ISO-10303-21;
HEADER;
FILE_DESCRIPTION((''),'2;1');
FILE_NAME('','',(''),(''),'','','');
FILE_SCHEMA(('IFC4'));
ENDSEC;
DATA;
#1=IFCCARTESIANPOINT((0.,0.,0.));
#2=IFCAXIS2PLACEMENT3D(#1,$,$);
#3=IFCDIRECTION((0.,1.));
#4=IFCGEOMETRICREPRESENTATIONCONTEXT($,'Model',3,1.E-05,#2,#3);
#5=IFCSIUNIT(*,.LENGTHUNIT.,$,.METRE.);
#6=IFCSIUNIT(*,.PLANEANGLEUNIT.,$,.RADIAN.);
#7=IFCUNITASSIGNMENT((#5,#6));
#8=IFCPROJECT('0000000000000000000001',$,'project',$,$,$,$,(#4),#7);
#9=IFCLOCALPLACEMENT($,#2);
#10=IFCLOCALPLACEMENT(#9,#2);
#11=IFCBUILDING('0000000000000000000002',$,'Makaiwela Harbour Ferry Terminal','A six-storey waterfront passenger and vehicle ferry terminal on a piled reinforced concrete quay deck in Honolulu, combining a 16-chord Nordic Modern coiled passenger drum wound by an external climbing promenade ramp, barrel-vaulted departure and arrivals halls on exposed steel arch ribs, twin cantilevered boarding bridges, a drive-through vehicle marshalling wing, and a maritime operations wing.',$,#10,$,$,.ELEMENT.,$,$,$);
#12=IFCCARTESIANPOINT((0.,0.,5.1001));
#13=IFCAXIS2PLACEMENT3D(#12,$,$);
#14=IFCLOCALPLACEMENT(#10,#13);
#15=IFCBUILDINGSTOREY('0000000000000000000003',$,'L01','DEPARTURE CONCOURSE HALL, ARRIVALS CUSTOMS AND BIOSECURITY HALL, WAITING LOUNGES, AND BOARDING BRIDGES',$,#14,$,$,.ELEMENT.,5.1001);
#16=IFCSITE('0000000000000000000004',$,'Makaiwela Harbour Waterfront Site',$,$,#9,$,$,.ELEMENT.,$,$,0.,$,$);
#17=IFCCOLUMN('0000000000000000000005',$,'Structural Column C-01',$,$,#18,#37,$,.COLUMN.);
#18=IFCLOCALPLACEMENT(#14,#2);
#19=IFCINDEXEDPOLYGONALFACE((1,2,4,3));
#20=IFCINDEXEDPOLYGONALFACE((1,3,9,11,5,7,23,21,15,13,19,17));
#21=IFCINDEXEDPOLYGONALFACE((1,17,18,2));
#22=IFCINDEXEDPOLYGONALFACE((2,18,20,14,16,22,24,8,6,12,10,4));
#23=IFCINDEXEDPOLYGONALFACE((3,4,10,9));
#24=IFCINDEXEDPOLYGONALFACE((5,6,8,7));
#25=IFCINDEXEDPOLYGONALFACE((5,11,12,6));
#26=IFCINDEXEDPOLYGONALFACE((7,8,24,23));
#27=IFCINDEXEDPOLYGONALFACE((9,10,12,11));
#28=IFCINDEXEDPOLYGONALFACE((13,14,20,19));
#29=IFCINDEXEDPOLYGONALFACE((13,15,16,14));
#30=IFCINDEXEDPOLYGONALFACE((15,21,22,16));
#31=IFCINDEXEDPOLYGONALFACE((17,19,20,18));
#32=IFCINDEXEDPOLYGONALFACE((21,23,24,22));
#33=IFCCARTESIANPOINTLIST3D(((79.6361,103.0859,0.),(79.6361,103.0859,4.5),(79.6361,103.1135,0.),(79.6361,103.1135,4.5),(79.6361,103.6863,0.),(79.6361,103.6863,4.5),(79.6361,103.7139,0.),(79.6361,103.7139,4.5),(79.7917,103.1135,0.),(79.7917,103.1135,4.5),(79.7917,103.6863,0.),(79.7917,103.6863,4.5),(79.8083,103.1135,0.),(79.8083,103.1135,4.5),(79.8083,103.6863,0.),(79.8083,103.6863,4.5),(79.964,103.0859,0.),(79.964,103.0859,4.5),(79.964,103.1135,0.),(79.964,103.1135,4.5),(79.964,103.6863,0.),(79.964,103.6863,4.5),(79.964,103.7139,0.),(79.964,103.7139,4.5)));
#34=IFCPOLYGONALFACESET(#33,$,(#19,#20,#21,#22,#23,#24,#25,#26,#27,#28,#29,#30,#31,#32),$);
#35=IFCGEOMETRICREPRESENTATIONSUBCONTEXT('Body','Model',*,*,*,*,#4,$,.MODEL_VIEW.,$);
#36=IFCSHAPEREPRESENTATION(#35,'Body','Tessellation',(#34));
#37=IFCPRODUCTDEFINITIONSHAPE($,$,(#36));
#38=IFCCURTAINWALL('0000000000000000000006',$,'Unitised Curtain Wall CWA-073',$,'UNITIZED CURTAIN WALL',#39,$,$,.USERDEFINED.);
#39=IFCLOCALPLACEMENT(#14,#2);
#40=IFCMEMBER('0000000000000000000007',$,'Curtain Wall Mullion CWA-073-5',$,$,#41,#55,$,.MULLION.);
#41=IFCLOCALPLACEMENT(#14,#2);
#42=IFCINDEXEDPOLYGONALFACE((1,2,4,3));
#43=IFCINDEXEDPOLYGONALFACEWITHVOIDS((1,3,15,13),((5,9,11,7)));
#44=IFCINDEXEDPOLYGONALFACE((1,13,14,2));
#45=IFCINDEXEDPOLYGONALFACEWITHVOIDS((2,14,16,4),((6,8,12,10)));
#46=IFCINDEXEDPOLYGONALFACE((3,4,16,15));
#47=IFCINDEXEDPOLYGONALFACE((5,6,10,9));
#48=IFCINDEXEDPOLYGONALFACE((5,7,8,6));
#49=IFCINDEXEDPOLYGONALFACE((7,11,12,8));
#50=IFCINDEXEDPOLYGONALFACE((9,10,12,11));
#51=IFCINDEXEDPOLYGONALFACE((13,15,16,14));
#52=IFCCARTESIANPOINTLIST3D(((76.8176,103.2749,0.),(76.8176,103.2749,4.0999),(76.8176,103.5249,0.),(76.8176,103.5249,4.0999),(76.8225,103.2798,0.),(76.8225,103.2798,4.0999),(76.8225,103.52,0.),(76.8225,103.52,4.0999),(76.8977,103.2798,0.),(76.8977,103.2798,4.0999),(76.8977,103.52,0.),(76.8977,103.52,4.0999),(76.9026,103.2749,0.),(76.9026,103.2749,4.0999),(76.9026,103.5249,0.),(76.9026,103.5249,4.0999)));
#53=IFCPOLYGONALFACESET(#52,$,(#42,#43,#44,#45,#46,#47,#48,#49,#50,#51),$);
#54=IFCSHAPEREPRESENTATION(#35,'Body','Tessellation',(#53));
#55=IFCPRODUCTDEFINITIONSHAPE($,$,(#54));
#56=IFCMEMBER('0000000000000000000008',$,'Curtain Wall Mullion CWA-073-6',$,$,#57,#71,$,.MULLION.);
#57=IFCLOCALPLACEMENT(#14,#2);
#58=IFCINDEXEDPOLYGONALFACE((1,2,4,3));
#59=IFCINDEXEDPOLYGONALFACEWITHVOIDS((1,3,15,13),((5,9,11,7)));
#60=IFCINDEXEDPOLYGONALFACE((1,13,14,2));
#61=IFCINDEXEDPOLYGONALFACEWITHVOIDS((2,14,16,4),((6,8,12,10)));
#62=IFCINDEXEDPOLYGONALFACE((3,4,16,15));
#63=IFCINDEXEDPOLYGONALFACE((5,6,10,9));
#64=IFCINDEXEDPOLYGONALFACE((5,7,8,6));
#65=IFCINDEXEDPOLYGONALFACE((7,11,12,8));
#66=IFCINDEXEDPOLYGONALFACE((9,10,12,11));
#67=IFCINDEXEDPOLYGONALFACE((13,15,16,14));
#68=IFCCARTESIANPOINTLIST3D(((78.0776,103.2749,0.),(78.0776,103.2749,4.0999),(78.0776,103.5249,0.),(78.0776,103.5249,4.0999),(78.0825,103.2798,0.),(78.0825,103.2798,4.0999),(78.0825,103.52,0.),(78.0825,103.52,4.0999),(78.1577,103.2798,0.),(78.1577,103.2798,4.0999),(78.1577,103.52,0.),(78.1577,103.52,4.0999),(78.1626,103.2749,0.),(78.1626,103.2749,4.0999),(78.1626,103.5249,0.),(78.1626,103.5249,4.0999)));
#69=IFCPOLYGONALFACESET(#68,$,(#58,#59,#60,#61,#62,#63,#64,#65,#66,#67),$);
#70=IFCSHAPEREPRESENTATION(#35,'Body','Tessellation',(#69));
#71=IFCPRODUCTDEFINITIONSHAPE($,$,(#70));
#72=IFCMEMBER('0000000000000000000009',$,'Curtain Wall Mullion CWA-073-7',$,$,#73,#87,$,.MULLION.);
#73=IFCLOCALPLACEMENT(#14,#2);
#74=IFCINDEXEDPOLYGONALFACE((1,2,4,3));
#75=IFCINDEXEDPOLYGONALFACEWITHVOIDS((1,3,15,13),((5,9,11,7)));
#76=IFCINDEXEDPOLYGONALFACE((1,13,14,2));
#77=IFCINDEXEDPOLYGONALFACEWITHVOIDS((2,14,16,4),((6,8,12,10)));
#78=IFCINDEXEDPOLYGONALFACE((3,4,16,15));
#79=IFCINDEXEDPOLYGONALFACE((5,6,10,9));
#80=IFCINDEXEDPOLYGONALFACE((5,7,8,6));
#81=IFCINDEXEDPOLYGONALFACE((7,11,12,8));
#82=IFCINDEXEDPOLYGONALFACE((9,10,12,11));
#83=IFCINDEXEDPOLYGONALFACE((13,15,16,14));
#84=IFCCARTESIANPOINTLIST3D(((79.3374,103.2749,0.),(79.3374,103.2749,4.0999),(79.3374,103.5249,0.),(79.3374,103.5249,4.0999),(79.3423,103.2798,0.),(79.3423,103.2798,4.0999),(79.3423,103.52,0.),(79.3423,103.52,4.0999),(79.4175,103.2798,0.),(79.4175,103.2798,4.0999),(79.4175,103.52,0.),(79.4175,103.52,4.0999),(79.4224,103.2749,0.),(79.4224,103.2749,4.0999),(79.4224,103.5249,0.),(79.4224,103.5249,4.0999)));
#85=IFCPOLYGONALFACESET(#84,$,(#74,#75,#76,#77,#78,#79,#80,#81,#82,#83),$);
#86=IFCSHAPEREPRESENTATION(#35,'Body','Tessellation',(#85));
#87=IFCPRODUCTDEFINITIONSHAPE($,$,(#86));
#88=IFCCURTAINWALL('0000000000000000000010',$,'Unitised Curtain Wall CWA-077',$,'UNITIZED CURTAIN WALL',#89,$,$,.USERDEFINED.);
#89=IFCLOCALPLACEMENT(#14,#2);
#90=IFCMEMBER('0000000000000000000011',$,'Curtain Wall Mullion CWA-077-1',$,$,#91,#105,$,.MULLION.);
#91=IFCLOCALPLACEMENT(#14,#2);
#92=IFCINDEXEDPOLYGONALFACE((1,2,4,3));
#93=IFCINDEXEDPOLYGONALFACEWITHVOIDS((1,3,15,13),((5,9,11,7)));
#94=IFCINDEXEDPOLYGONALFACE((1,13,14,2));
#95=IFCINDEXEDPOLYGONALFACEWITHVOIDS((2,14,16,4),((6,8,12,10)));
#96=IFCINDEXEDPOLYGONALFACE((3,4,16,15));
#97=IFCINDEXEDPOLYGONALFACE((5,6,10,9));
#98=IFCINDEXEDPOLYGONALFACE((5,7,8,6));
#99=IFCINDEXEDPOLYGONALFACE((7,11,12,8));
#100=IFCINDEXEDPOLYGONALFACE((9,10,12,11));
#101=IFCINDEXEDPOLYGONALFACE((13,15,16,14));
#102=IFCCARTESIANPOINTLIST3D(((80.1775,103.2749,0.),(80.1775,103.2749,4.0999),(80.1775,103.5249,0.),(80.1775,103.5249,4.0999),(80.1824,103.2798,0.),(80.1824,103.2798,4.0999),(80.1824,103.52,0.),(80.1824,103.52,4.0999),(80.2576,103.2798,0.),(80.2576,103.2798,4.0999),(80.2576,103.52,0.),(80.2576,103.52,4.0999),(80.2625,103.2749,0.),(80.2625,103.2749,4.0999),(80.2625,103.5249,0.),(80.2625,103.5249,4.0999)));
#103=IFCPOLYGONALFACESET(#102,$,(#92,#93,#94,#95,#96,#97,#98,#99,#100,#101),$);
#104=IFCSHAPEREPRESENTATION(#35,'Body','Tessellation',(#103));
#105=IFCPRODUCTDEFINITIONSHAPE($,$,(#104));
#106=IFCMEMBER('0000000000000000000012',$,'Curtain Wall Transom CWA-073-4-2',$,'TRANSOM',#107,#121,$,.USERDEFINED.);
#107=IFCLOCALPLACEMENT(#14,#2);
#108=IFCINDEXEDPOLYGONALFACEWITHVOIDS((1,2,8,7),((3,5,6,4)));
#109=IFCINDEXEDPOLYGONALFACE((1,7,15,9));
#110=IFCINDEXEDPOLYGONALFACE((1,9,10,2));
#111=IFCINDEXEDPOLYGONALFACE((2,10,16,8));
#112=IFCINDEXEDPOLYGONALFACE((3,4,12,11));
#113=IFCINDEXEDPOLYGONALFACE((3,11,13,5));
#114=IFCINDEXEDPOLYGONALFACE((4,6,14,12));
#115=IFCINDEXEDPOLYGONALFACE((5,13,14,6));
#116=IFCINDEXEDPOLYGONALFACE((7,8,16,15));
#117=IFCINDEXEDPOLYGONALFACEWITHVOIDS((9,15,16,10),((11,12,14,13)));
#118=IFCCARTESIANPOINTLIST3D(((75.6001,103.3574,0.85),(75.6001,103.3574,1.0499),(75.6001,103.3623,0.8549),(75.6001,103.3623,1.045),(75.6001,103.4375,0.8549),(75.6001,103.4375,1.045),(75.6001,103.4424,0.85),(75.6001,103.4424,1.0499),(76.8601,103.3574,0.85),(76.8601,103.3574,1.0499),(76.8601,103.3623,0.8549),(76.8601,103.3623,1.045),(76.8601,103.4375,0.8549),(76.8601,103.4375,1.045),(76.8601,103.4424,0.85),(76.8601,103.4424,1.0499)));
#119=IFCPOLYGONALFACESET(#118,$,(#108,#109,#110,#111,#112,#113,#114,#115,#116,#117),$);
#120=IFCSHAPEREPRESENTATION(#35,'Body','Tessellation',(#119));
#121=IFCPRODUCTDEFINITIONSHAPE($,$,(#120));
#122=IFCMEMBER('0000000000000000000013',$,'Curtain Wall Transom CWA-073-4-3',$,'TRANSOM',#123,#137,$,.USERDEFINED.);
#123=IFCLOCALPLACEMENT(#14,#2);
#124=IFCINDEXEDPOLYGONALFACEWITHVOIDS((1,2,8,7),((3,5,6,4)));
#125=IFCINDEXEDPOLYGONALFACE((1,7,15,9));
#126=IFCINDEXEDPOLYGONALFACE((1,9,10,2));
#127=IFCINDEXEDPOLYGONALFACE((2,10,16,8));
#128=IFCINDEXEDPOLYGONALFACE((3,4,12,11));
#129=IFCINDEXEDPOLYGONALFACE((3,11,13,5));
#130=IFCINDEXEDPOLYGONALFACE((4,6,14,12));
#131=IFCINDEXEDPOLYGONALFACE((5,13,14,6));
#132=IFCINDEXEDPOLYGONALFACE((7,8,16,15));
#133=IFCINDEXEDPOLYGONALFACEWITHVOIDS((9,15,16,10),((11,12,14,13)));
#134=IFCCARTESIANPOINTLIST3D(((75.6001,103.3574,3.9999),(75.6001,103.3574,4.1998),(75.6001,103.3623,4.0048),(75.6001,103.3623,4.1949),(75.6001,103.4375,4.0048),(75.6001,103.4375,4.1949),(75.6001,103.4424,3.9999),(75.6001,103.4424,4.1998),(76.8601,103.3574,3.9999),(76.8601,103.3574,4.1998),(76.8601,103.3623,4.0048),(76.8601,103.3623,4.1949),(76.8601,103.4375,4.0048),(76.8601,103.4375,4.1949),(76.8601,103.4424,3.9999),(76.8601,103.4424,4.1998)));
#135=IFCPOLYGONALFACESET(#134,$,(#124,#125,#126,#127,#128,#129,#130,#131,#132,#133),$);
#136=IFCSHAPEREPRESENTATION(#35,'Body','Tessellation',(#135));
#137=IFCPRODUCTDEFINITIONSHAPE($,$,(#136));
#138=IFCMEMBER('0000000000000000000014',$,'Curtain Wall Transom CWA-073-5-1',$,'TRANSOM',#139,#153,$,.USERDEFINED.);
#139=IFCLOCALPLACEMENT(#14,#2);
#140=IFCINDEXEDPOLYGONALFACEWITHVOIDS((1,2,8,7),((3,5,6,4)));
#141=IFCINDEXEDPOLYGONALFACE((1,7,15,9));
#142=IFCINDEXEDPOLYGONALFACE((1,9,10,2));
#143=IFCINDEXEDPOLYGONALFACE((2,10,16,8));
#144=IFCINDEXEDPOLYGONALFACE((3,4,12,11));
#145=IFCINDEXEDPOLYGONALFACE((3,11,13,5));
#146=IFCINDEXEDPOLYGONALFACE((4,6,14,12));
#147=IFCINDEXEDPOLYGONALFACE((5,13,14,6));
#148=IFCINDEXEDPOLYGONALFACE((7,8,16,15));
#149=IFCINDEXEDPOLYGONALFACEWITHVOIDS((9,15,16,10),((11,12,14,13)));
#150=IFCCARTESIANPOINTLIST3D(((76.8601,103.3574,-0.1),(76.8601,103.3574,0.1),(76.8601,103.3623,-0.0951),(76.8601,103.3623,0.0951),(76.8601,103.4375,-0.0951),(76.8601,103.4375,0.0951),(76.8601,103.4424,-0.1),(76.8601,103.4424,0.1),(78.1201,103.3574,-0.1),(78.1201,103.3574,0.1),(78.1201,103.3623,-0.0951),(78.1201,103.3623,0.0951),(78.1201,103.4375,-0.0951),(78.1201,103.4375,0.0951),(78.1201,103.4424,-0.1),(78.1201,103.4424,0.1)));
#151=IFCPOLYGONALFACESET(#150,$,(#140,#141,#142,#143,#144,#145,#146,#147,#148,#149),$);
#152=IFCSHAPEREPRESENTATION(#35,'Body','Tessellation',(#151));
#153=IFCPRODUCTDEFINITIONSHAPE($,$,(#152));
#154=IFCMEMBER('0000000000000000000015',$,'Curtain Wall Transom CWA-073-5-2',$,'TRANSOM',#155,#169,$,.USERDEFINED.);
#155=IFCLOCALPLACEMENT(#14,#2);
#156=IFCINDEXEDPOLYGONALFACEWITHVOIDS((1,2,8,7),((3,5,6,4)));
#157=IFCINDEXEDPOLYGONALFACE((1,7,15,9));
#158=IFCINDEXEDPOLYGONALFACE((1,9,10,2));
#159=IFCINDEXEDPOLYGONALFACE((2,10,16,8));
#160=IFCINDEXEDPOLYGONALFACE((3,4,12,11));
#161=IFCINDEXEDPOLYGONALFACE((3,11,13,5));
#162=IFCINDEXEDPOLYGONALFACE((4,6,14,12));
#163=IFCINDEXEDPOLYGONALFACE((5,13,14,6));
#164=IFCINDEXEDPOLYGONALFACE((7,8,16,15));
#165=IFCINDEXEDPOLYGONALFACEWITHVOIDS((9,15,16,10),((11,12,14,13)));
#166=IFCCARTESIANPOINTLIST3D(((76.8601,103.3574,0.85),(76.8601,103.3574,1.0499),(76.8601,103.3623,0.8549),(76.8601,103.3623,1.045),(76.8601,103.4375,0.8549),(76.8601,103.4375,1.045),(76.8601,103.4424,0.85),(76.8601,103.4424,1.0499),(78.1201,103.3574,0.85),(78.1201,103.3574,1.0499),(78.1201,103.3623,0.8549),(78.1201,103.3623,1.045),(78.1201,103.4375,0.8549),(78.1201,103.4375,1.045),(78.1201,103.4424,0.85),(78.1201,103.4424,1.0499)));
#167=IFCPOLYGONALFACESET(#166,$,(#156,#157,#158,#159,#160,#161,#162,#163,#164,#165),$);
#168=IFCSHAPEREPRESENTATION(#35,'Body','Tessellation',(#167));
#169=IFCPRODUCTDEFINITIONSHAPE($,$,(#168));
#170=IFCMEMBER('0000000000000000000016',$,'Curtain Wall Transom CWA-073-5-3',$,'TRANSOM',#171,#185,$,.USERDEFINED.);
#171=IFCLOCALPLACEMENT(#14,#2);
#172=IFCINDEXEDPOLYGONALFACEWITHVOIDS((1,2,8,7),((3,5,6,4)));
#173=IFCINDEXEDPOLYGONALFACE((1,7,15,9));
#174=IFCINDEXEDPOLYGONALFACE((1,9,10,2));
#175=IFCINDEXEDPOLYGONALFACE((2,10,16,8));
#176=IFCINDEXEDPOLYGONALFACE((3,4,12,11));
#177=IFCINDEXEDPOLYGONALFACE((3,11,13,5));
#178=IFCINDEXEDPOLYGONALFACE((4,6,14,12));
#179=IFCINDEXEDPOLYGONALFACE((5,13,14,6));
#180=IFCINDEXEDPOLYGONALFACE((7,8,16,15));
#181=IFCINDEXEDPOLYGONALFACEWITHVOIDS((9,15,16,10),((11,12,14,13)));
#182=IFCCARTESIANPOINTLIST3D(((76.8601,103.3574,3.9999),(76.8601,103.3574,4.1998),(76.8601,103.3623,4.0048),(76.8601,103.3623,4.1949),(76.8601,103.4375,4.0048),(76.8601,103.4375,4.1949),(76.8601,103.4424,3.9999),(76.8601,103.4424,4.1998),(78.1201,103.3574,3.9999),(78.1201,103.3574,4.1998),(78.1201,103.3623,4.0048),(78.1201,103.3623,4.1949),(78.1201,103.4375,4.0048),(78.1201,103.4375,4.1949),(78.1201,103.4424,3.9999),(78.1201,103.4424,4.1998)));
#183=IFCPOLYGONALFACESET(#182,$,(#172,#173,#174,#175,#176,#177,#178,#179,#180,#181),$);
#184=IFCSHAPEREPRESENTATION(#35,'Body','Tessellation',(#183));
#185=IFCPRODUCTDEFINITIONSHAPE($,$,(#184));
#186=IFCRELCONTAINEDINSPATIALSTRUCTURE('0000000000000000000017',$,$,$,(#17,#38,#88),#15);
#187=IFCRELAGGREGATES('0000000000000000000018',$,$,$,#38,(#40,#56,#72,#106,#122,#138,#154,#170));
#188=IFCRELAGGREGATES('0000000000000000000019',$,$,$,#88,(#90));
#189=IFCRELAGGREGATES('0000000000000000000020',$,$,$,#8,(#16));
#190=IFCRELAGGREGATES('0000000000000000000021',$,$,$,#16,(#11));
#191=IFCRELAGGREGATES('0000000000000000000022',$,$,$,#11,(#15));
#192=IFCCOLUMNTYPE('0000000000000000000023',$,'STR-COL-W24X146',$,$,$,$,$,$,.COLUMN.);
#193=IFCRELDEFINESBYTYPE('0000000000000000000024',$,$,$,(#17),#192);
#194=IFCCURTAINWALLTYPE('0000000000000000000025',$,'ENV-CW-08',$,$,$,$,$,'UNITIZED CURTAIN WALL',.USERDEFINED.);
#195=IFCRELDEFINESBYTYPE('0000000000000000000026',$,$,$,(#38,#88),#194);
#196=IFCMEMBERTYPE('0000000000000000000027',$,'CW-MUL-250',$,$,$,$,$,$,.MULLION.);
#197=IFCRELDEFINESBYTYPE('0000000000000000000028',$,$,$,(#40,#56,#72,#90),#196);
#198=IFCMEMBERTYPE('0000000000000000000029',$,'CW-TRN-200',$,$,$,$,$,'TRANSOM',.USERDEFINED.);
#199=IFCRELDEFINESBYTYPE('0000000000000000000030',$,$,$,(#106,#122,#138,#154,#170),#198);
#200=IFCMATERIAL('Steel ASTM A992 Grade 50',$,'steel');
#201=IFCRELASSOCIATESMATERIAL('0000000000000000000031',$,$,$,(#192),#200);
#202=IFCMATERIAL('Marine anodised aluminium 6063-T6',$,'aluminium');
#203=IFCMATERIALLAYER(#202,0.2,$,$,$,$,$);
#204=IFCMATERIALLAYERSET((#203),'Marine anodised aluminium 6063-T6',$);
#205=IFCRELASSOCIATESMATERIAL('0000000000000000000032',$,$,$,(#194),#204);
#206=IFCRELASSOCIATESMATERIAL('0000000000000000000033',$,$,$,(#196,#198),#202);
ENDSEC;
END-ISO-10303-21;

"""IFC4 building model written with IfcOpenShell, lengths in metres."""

from ifc_helpers import new_model, si_unit, direction, frame, origin, origin_2d, place, context, subcontext, project, spatial, hollow_rectangle, i_section, extrude, material, layer, layer_set, material_profile, profile_set, type_object, element, aggregate, save


model = new_model("IFC4")

# Units and contexts
model_context = context("Model", 3, precision=1e-05, world=origin(), true_north=direction((0.0, 1.0)))
body_context = subcontext(model_context, "Body", "Model", "MODEL_VIEW")
ifc_project = project(units=[si_unit("LENGTHUNIT", "METRE"), si_unit("PLANEANGLEUNIT", "RADIAN")], contexts=[model_context])

# Site, building, storey
site_placement = place(None, origin())
site = spatial("IfcSite", under=ifc_project, at=site_placement, Name="Makaiwela Harbour Waterfront Site", CompositionType="ELEMENT", RefElevation=0.0)
building_placement = place(site_placement, origin())
building = spatial("IfcBuilding", under=site, at=building_placement, Name="Makaiwela Harbour Ferry Terminal", Description="A six-storey waterfront passenger and vehicle ferry terminal on a piled reinforced concrete quay deck in Honolulu, combining a 16-chord Nordic Modern coiled passenger drum wound by an external climbing promenade ramp, barrel-vaulted departure and arrivals halls on exposed steel arch ribs, twin cantilevered boarding bridges, a drive-through vehicle marshalling wing, and a maritime operations wing.", CompositionType="ELEMENT")
storey_placement = place(building_placement, frame((0.0, 0.0, 5.1001)))
storey = spatial("IfcBuildingStorey", under=building, at=storey_placement, Name="L01", Description="DEPARTURE CONCOURSE HALL, ARRIVALS CUSTOMS AND BIOSECURITY HALL, WAITING LOUNGES, AND BOARDING BRIDGES", CompositionType="ELEMENT", Elevation=5.1001)

# Column
ifc_material_1 = material(Name="Steel ASTM A992 Grade 50", Category="steel")
ifc_material_profile_1 = material_profile(ifc_material_1, i_section(OverallWidth=0.3279, OverallDepth=0.6279, WebThickness=0.0166, FlangeThickness=0.0276, at=origin_2d()), Name="W24X146")
ifc_profile_set_1 = profile_set([ifc_material_profile_1], Name="Steel ASTM A992 Grade 50")
column_type = type_object("IfcColumnType", Name="STR-COL-W24X146", PredefinedType="COLUMN", material=ifc_profile_set_1)
column_placement = place(storey_placement, frame((79.8, 103.3999, 0.0), z_axis=(0.0, 0.0, 1.0), x_axis=(1.0, 0.0, 0.0)))
element("IfcColumn", 1, at=column_placement, inside=storey, type_object=column_type, Name="Structural Column C-01", PredefinedType="COLUMN", context=body_context, shape_type="SweptSolid", body=[
    extrude(i_section(OverallWidth=0.3279, OverallDepth=0.6279, WebThickness=0.0166, FlangeThickness=0.0276, at=origin_2d()), origin(), (0.0, 0.0, 1.0), 4.5),
])

# Curtain wall, members
ifc_material_2 = material(Name="Marine anodised aluminium 6063-T6", Category="aluminium")
ifc_layer_1 = layer(ifc_material_2, 0.2)
ifc_layer_set_1 = layer_set([ifc_layer_1], Name="Marine anodised aluminium 6063-T6")
curtain_wall_type = type_object("IfcCurtainWallType", Name="ENV-CW-08", ElementType="UNITIZED CURTAIN WALL", PredefinedType="USERDEFINED", material=ifc_layer_set_1)
curtain_wall_1_placement = place(storey_placement, origin())
curtain_wall_1 = element("IfcCurtainWall", 2, at=curtain_wall_1_placement, inside=storey, type_object=curtain_wall_type, Name="Unitised Curtain Wall CWA-073", ObjectType="UNITIZED CURTAIN WALL", PredefinedType="USERDEFINED")
ifc_material_profile_2 = material_profile(ifc_material_2, hollow_rectangle(XDim=0.085, YDim=0.25, WallThickness=0.0049, at=origin_2d()), Name="CWM-250X85")
ifc_profile_set_2 = profile_set([ifc_material_profile_2], Name="Marine anodised aluminium 6063-T6")
member_type_1 = type_object("IfcMemberType", Name="CW-MUL-250", PredefinedType="MULLION", material=ifc_profile_set_2)
member_1_placement = place(storey_placement, frame((76.8601, 103.3999, 0.0), z_axis=(0.0, 0.0, 1.0), x_axis=(1.0, 0.0, 0.0)))
member_1 = element("IfcMember", 3, at=member_1_placement, type_object=member_type_1, Name="Curtain Wall Mullion CWA-073-5", PredefinedType="MULLION", context=body_context, shape_type="SweptSolid", body=[
    extrude(hollow_rectangle(XDim=0.085, YDim=0.25, WallThickness=0.0049, at=origin_2d()), origin(), (0.0, 0.0, 1.0), 4.0999),
])
member_2_placement = place(storey_placement, frame((78.1201, 103.3999, 0.0), z_axis=(0.0, 0.0, 1.0), x_axis=(1.0, 0.0, 0.0)))
member_2 = element("IfcMember", 4, at=member_2_placement, type_object=member_type_1, Name="Curtain Wall Mullion CWA-073-6", PredefinedType="MULLION", context=body_context, shape_type="SweptSolid", body=[
    extrude(hollow_rectangle(XDim=0.085, YDim=0.25, WallThickness=0.0049, at=origin_2d()), origin(), (0.0, 0.0, 1.0), 4.0999),
])
member_3_placement = place(storey_placement, frame((79.3799, 103.3999, 0.0), z_axis=(0.0, 0.0, 1.0), x_axis=(1.0, 0.0, 0.0)))
member_3 = element("IfcMember", 5, at=member_3_placement, type_object=member_type_1, Name="Curtain Wall Mullion CWA-073-7", PredefinedType="MULLION", context=body_context, shape_type="SweptSolid", body=[
    extrude(hollow_rectangle(XDim=0.085, YDim=0.25, WallThickness=0.0049, at=origin_2d()), origin(), (0.0, 0.0, 1.0), 4.0999),
])

# Curtain wall, member
curtain_wall_2_placement = place(storey_placement, origin())
curtain_wall_2 = element("IfcCurtainWall", 6, at=curtain_wall_2_placement, inside=storey, type_object=curtain_wall_type, Name="Unitised Curtain Wall CWA-077", ObjectType="UNITIZED CURTAIN WALL", PredefinedType="USERDEFINED")
member_4_placement = place(storey_placement, frame((80.22, 103.3999, 0.0), z_axis=(0.0, 0.0, 1.0), x_axis=(1.0, 0.0, 0.0)))
member_4 = element("IfcMember", 7, at=member_4_placement, type_object=member_type_1, Name="Curtain Wall Mullion CWA-077-1", PredefinedType="MULLION", context=body_context, shape_type="SweptSolid", body=[
    extrude(hollow_rectangle(XDim=0.085, YDim=0.25, WallThickness=0.0049, at=origin_2d()), origin(), (0.0, 0.0, 1.0), 4.0999),
])

# Members
ifc_material_profile_3 = material_profile(ifc_material_2, hollow_rectangle(XDim=0.085, YDim=0.2, WallThickness=0.0049, at=origin_2d()), Name="CWT-200X85")
ifc_profile_set_3 = profile_set([ifc_material_profile_3], Name="Marine anodised aluminium 6063-T6")
member_type_2 = type_object("IfcMemberType", Name="CW-TRN-200", ElementType="TRANSOM", PredefinedType="USERDEFINED", material=ifc_profile_set_3)
member_5_placement = place(storey_placement, frame((75.6001, 103.3999, 0.95), z_axis=(1.0, 0.0, 0.0), x_axis=(0.0, 1.0, 0.0)))
member_5 = element("IfcMember", 8, at=member_5_placement, type_object=member_type_2, Name="Curtain Wall Transom CWA-073-4-2", ObjectType="TRANSOM", PredefinedType="USERDEFINED", context=body_context, shape_type="SweptSolid", body=[
    extrude(hollow_rectangle(XDim=0.085, YDim=0.2, WallThickness=0.0049, at=origin_2d()), origin(), (0.0, 0.0, 1.0), 1.26),
])
member_6_placement = place(storey_placement, frame((75.6001, 103.3999, 4.0999), z_axis=(1.0, 0.0, 0.0), x_axis=(0.0, 1.0, 0.0)))
member_6 = element("IfcMember", 9, at=member_6_placement, type_object=member_type_2, Name="Curtain Wall Transom CWA-073-4-3", ObjectType="TRANSOM", PredefinedType="USERDEFINED", context=body_context, shape_type="SweptSolid", body=[
    extrude(hollow_rectangle(XDim=0.085, YDim=0.2, WallThickness=0.0049, at=origin_2d()), origin(), (0.0, 0.0, 1.0), 1.26),
])
member_7_placement = place(storey_placement, frame((76.8601, 103.3999, 0.0), z_axis=(1.0, 0.0, 0.0), x_axis=(0.0, 1.0, 0.0)))
member_7 = element("IfcMember", 10, at=member_7_placement, type_object=member_type_2, Name="Curtain Wall Transom CWA-073-5-1", ObjectType="TRANSOM", PredefinedType="USERDEFINED", context=body_context, shape_type="SweptSolid", body=[
    extrude(hollow_rectangle(XDim=0.085, YDim=0.2, WallThickness=0.0049, at=origin_2d()), origin(), (0.0, 0.0, 1.0), 1.26),
])
member_8_placement = place(storey_placement, frame((76.8601, 103.3999, 0.95), z_axis=(1.0, 0.0, 0.0), x_axis=(0.0, 1.0, 0.0)))
member_8 = element("IfcMember", 11, at=member_8_placement, type_object=member_type_2, Name="Curtain Wall Transom CWA-073-5-2", ObjectType="TRANSOM", PredefinedType="USERDEFINED", context=body_context, shape_type="SweptSolid", body=[
    extrude(hollow_rectangle(XDim=0.085, YDim=0.2, WallThickness=0.0049, at=origin_2d()), origin(), (0.0, 0.0, 1.0), 1.26),
])
member_9_placement = place(storey_placement, frame((76.8601, 103.3999, 4.0999), z_axis=(1.0, 0.0, 0.0), x_axis=(0.0, 1.0, 0.0)))
member_9 = element("IfcMember", 12, at=member_9_placement, type_object=member_type_2, Name="Curtain Wall Transom CWA-073-5-3", ObjectType="TRANSOM", PredefinedType="USERDEFINED", context=body_context, shape_type="SweptSolid", body=[
    extrude(hollow_rectangle(XDim=0.085, YDim=0.2, WallThickness=0.0049, at=origin_2d()), origin(), (0.0, 0.0, 1.0), 1.26),
])

aggregate(curtain_wall_1, [member_1, member_2, member_3, member_5, member_6, member_7, member_8, member_9])
aggregate(curtain_wall_2, [member_4])

save(model, "model.ifc")
